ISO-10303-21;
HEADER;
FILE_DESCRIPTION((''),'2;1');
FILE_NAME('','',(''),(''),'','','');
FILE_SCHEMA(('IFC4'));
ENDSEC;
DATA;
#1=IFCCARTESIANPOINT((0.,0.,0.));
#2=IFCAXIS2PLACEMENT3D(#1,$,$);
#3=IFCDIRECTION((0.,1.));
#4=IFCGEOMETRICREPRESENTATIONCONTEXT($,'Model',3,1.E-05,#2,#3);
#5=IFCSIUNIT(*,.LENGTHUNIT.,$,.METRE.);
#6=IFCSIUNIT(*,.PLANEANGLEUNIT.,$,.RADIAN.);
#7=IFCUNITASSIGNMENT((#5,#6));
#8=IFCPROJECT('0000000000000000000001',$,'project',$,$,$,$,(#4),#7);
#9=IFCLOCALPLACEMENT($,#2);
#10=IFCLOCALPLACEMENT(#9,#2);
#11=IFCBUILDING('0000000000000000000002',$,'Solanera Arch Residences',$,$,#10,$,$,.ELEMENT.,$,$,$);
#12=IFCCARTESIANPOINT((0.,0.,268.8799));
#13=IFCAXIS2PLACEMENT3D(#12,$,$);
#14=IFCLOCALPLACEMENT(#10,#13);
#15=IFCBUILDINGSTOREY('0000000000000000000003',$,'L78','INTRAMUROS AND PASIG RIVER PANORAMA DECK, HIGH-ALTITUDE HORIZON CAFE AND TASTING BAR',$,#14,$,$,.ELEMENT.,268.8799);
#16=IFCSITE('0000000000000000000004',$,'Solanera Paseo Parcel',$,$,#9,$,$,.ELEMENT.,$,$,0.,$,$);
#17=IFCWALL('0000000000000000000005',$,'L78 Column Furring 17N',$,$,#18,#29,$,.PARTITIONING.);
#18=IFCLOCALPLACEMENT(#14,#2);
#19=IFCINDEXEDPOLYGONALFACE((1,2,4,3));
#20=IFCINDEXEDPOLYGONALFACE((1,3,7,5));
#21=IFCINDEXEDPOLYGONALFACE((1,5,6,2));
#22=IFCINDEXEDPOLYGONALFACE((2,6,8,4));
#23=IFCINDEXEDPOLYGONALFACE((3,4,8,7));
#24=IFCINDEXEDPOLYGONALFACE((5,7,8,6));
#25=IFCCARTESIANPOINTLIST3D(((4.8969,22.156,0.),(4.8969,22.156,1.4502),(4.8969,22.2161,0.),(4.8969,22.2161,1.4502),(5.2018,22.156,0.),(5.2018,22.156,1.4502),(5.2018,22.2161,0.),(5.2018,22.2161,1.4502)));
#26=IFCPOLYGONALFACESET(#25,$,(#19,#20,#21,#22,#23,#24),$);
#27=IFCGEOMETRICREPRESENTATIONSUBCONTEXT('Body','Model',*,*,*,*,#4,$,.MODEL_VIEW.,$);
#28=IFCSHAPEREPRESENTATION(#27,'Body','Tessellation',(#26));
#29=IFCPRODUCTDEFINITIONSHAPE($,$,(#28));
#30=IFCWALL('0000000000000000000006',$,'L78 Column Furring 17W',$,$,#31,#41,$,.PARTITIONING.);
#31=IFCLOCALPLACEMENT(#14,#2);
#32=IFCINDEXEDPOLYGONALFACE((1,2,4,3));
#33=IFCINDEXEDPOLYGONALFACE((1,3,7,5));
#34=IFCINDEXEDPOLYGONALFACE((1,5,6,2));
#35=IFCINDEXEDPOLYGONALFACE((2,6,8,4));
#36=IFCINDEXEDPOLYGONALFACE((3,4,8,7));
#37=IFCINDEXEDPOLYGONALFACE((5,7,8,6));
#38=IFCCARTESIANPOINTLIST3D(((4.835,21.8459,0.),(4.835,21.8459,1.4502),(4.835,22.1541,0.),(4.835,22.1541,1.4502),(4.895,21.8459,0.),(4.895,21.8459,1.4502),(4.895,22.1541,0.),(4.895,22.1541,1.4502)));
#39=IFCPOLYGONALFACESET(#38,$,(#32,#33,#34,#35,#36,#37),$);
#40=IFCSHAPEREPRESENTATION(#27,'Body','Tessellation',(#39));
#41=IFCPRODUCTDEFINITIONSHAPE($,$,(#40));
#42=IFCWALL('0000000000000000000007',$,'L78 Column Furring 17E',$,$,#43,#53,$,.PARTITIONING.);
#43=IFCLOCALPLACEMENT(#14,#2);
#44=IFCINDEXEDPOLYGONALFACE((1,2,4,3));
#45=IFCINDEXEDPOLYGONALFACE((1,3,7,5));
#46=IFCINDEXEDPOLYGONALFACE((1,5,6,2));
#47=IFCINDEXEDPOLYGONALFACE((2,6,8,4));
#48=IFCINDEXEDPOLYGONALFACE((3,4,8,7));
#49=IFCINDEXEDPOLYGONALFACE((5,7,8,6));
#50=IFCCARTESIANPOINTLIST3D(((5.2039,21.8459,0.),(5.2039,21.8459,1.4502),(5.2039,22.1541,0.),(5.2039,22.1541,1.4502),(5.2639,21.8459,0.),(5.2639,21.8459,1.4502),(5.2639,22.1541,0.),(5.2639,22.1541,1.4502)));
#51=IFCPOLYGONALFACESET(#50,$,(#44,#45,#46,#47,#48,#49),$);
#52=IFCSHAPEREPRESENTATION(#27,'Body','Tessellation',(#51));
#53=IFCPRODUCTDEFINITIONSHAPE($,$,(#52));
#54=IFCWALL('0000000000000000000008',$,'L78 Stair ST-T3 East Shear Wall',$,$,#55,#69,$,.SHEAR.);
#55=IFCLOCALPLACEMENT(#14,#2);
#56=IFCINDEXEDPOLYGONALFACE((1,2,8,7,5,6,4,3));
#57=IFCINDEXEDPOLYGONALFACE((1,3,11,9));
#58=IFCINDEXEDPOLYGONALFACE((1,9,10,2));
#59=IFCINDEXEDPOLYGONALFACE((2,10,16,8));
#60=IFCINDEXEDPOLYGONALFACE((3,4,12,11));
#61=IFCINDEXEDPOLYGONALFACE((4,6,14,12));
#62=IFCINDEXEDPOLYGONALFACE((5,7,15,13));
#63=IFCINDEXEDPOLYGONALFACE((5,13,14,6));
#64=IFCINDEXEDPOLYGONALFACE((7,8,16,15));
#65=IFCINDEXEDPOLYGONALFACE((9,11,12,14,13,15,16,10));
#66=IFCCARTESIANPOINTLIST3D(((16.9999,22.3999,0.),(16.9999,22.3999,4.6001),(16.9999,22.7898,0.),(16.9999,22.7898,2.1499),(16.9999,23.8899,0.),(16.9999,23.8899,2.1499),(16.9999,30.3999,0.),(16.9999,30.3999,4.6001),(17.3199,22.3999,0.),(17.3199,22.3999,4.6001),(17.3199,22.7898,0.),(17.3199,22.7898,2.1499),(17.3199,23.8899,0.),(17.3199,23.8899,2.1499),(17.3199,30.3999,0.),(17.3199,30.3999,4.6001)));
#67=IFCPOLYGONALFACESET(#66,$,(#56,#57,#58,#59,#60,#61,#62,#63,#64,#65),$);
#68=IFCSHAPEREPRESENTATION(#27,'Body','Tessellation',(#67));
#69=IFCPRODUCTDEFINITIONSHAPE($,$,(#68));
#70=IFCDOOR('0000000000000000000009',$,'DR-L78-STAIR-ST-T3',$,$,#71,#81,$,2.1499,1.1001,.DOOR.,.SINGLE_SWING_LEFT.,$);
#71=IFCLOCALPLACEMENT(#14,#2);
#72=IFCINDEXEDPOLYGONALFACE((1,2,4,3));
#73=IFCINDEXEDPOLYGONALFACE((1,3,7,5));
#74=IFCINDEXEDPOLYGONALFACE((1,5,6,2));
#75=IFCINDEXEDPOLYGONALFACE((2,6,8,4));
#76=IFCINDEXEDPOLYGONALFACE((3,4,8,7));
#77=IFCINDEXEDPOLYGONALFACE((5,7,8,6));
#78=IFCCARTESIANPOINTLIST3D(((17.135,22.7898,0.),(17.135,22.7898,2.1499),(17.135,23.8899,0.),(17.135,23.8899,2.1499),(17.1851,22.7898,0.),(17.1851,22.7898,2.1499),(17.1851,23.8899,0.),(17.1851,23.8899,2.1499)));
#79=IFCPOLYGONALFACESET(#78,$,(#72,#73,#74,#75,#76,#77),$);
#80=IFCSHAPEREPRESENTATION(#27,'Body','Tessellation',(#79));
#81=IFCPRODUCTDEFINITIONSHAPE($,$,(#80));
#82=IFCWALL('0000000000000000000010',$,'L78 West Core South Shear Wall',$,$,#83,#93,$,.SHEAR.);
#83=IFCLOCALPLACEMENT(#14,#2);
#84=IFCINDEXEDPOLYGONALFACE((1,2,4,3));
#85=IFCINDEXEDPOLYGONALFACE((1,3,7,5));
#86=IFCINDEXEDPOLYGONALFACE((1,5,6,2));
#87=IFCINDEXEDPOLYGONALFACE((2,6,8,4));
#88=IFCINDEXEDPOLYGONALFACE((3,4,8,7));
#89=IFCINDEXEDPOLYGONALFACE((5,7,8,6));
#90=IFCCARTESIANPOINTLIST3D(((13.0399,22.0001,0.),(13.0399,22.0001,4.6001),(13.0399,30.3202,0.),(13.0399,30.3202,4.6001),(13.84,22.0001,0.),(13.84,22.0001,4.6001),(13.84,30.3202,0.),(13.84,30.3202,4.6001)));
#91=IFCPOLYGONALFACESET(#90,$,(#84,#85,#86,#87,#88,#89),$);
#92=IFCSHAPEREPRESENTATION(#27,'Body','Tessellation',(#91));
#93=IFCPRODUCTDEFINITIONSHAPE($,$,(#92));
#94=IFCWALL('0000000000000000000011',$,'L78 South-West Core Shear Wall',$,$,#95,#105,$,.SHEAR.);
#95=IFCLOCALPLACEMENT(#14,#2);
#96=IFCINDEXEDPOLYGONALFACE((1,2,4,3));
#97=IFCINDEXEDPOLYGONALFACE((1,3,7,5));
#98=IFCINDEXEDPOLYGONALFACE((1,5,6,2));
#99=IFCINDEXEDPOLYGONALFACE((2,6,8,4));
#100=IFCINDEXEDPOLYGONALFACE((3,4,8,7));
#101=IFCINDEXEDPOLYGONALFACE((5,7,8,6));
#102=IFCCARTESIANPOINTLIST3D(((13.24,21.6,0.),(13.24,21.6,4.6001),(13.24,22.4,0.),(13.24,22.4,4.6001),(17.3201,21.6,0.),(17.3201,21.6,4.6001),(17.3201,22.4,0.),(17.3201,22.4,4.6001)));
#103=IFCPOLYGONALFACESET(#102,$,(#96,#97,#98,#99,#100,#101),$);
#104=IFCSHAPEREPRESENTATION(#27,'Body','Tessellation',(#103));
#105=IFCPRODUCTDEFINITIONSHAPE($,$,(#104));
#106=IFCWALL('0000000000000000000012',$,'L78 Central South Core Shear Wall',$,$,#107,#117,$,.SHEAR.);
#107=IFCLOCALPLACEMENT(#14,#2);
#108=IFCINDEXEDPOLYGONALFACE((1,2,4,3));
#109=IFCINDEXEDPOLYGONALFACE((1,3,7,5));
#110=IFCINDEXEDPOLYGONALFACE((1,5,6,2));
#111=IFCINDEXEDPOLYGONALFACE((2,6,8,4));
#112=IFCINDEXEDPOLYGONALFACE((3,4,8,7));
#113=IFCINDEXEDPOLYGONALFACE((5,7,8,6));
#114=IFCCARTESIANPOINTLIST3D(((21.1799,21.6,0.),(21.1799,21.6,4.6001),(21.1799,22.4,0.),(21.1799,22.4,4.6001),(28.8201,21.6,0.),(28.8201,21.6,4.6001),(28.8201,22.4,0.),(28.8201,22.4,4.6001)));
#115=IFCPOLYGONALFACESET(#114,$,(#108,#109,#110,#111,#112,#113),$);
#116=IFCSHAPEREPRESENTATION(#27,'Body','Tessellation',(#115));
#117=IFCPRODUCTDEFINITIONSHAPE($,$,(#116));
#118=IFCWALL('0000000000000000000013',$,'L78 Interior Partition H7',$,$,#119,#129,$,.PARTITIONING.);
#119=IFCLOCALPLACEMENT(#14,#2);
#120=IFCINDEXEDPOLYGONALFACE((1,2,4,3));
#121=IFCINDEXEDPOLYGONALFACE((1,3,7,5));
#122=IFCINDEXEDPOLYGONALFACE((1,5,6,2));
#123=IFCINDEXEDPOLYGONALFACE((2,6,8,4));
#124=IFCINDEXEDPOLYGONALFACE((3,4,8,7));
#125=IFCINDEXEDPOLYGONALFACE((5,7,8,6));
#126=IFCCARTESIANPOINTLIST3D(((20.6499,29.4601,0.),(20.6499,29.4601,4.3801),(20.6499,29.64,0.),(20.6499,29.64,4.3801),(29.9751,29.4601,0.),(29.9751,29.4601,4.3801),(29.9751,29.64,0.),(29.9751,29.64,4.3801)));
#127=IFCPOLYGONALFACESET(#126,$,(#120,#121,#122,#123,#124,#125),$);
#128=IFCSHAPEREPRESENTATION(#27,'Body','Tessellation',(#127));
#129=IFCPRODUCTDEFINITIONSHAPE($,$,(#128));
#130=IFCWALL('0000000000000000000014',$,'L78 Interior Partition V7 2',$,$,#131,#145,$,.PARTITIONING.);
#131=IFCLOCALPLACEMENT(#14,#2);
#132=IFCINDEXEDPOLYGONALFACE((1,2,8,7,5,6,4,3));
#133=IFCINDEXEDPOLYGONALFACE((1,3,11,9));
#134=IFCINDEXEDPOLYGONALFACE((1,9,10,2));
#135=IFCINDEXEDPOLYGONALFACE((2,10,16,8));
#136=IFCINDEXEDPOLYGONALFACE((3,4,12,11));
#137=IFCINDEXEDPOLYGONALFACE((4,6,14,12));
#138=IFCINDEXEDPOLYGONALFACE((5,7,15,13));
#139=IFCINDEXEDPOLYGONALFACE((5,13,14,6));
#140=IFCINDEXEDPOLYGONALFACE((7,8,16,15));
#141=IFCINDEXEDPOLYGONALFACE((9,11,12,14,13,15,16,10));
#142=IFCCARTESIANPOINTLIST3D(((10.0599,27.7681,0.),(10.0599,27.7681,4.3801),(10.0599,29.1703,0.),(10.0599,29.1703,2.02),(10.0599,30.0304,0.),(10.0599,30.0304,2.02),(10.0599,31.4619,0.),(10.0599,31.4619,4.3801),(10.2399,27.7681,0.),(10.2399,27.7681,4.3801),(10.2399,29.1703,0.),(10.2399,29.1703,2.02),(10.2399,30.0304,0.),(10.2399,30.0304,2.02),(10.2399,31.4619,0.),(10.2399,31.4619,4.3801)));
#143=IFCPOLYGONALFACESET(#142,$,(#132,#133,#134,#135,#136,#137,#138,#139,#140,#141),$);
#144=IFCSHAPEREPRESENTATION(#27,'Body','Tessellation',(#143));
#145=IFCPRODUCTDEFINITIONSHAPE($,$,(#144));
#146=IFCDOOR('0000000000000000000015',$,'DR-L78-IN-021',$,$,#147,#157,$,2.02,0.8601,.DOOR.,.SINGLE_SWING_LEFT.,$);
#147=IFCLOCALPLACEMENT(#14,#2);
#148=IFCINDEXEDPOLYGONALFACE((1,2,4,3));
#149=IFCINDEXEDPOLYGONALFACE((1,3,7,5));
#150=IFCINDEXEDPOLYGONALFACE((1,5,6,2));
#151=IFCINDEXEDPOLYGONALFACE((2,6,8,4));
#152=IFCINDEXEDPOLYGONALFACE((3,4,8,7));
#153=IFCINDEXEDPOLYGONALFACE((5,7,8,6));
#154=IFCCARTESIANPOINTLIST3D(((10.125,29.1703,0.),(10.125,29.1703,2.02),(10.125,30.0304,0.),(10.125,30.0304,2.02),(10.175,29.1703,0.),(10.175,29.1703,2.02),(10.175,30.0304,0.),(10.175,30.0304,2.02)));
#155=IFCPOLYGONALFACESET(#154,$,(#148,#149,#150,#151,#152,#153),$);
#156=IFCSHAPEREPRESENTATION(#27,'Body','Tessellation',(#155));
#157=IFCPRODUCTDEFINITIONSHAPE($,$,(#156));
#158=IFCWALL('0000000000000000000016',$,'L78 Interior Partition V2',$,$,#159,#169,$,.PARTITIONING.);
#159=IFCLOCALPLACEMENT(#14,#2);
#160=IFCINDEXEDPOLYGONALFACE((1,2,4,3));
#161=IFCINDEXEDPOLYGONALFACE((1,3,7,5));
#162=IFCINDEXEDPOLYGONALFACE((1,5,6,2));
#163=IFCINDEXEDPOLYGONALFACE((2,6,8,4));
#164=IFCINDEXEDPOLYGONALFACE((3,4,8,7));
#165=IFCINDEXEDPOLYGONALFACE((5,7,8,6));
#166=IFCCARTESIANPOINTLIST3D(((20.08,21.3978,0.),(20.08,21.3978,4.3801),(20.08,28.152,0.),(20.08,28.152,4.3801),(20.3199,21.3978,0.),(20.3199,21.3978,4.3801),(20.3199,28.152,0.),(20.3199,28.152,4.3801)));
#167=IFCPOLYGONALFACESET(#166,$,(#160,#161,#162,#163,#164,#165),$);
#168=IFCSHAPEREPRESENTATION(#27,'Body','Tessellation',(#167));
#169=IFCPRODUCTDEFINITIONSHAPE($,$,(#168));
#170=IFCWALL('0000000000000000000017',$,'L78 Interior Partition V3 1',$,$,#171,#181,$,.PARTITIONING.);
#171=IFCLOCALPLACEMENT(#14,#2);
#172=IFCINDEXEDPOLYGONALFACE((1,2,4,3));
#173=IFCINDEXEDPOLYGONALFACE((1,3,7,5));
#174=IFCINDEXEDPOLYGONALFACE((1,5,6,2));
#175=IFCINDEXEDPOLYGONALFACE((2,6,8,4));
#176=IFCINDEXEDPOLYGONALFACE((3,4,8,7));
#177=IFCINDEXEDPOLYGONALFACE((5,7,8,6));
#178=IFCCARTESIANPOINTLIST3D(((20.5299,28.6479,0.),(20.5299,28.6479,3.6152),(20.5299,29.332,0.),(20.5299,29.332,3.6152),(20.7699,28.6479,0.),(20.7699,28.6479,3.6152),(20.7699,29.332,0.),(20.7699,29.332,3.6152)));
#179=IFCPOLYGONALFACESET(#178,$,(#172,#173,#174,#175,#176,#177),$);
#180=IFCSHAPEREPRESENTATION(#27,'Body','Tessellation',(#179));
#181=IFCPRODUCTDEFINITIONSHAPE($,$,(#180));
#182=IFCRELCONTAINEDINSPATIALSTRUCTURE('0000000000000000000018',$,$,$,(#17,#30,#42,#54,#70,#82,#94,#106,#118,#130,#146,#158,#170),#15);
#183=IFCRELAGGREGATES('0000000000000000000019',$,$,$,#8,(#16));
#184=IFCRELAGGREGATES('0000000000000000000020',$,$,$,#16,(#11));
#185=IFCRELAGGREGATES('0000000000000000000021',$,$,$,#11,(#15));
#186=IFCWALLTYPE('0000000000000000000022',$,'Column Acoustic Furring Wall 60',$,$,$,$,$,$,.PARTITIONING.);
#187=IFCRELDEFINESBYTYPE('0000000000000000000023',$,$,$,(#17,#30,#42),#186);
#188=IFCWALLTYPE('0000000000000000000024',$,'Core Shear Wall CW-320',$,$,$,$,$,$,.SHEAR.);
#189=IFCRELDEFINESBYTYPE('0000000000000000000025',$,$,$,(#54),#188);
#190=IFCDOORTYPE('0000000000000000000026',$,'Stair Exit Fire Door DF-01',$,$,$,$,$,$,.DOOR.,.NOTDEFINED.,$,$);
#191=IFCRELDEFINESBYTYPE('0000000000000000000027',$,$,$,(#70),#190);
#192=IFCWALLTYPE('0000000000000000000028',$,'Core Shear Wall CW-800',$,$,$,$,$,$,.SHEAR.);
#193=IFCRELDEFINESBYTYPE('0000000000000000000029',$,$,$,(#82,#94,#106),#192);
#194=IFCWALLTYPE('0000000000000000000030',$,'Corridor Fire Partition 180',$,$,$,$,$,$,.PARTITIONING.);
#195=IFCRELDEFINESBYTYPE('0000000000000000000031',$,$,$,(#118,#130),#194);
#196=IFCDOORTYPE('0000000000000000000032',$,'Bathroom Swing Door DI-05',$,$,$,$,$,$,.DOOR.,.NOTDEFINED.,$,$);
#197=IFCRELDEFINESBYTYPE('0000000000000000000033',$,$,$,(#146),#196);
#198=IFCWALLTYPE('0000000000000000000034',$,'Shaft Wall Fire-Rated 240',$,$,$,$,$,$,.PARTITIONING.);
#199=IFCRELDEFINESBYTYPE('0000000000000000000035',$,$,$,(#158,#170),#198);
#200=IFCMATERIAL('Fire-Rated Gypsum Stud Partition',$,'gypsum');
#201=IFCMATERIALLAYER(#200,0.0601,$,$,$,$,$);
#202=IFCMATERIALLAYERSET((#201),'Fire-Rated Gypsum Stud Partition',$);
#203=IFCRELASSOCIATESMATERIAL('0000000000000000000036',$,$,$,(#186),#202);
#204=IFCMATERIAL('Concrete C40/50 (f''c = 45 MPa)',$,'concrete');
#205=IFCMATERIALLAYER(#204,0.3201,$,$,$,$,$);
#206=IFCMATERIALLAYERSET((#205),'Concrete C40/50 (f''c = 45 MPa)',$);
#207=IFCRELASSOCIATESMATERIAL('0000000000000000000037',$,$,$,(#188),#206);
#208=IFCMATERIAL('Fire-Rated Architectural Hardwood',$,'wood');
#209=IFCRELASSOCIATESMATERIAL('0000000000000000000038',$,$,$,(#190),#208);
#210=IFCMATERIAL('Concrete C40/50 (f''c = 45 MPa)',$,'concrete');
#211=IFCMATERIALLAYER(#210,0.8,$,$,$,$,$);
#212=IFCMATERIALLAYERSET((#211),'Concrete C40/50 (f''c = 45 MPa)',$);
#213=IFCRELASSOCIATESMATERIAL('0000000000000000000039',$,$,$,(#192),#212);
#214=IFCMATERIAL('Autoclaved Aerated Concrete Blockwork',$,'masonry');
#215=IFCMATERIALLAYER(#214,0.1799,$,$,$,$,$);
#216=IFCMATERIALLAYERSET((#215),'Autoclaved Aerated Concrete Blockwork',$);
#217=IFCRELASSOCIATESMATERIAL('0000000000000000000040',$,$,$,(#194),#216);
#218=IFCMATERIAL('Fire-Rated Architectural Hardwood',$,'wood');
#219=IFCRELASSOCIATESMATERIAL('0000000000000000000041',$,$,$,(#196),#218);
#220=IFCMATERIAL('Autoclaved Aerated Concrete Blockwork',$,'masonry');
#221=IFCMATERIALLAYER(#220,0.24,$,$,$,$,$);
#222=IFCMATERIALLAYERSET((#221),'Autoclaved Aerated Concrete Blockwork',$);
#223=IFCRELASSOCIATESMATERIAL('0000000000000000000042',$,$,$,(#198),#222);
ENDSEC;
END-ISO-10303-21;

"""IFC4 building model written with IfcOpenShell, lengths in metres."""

from ifc_helpers import new_model, si_unit, direction, frame, frame_2d, origin, place, context, subcontext, project, spatial, rectangle, extrude, material, layer, layer_set, type_object, element, fill, save


model = new_model("IFC4")

# Units and contexts
model_context = context("Model", 3, precision=1e-05, world=origin(), true_north=direction((0.0, 1.0)))
body_context = subcontext(model_context, "Body", "Model", "MODEL_VIEW")
ifc_project = project(units=[si_unit("LENGTHUNIT", "METRE"), si_unit("PLANEANGLEUNIT", "RADIAN")], contexts=[model_context])

# Site, building, storey
site_placement = place(None, origin())
site = spatial("IfcSite", under=ifc_project, at=site_placement, Name="Solanera Paseo Parcel", CompositionType="ELEMENT", RefElevation=0.0)
building_placement = place(site_placement, origin())
building = spatial("IfcBuilding", under=site, at=building_placement, Name="Solanera Arch Residences", CompositionType="ELEMENT")
storey_placement = place(building_placement, frame((0.0, 0.0, 268.8799)))
storey = spatial("IfcBuildingStorey", under=building, at=storey_placement, Name="L78", Description="INTRAMUROS AND PASIG RIVER PANORAMA DECK, HIGH-ALTITUDE HORIZON CAFE AND TASTING BAR", CompositionType="ELEMENT", Elevation=268.8799)

# Walls
ifc_material_1 = material(Name="Fire-Rated Gypsum Stud Partition", Category="gypsum")
ifc_layer_1 = layer(ifc_material_1, 0.0601)
ifc_layer_set_1 = layer_set([ifc_layer_1], Name="Fire-Rated Gypsum Stud Partition")
wall_type_1 = type_object("IfcWallType", Name="Column Acoustic Furring Wall 60", PredefinedType="PARTITIONING", material=ifc_layer_set_1)
for number, where, z_axis, x_axis, name in (
    (1, (4.897, 22.186, 0.0), (0.0, 0.0, 1.0), (1.0, 0.0, 0.0), "L78 Column Furring 17N"),
):
    element("IfcWall", number, at=place(storey_placement, frame(where, z_axis=z_axis, x_axis=x_axis)), inside=storey, type_object=wall_type_1, Name=name, PredefinedType="PARTITIONING", context=body_context, shape_type="SweptSolid", body=[
        extrude(rectangle(XDim=0.3049, YDim=0.0601, at=frame_2d((0.1523, 0.0))), origin(), (0.0, 0.0, 1.0), 1.4502),
    ])
for number, where, z_axis, x_axis, name in (
    (2, (4.865, 21.8459, 0.0), (0.0, 0.0, 1.0), (0.0, 1.0, 0.0), "L78 Column Furring 17W"),
    (3, (5.2339, 21.8459, 0.0), (0.0, 0.0, 1.0), (0.0, 1.0, 0.0), "L78 Column Furring 17E"),
):
    element("IfcWall", number, at=place(storey_placement, frame(where, z_axis=z_axis, x_axis=x_axis)), inside=storey, type_object=wall_type_1, Name=name, PredefinedType="PARTITIONING", context=body_context, shape_type="SweptSolid", body=[
        extrude(rectangle(XDim=0.3081, YDim=0.0601, at=frame_2d((0.1541, 0.0))), origin(), (0.0, 0.0, 1.0), 1.4502),
    ])

# Wall, opening, door
ifc_material_2 = material(Name="Concrete C40/50 (f'c = 45 MPa)", Category="concrete")
ifc_layer_2 = layer(ifc_material_2, 0.3201)
ifc_layer_set_2 = layer_set([ifc_layer_2], Name="Concrete C40/50 (f'c = 45 MPa)")
wall_type_2 = type_object("IfcWallType", Name="Core Shear Wall CW-320", PredefinedType="SHEAR", material=ifc_layer_set_2)
wall_1_placement = place(storey_placement, frame((17.1599, 22.3999, 0.0), z_axis=(0.0, 0.0, 1.0), x_axis=(0.0, 1.0, 0.0)))
wall_1 = element("IfcWall", 4, at=wall_1_placement, inside=storey, type_object=wall_type_2, Name="L78 Stair ST-T3 East Shear Wall", PredefinedType="SHEAR", context=body_context, shape_type="SweptSolid", body=[
    extrude(rectangle(XDim=8.0, YDim=0.3201, at=frame_2d((4.0, 0.0))), origin(), (0.0, 0.0, 1.0), 4.6001),
])
opening_1_placement = place(wall_1_placement, frame((0.3899, 0.0, 0.0)))
opening_1 = element("IfcOpeningElement", 5, at=opening_1_placement, cuts=wall_1, PredefinedType="OPENING", context=body_context, shape_type="SweptSolid", body=[
    extrude(rectangle(XDim=1.1001, YDim=2.1499, at=frame_2d((0.55, 1.075))), frame((0.0, 0.1699, 0.0), z_axis=(0.0, -1.0, 0.0), x_axis=(1.0, 0.0, 0.0)), (0.0, 0.0, 1.0), 0.3401),
])
ifc_material_3 = material(Name="Fire-Rated Architectural Hardwood", Category="wood")
door_type_1 = type_object("IfcDoorType", Name="Stair Exit Fire Door DF-01", OperationType="NOTDEFINED", PredefinedType="DOOR", material=ifc_material_3)
door_1_placement = place(opening_1_placement, origin())
door_1 = element("IfcDoor", 6, at=door_1_placement, inside=storey, type_object=door_type_1, Name="DR-L78-STAIR-ST-T3", OperationType="SINGLE_SWING_LEFT", OverallHeight=2.1499, OverallWidth=1.1001, PredefinedType="DOOR", context=body_context, shape_type="SweptSolid", body=[
    extrude(rectangle(XDim=1.1001, YDim=2.1499, at=frame_2d((0.55, 1.075))), frame((0.0, 0.0249, 0.0), z_axis=(0.0, -1.0, 0.0), x_axis=(1.0, 0.0, 0.0)), (0.0, 0.0, 1.0), 0.05),
])
fill(opening_1, door_1)

# Walls
ifc_material_4 = material(Name="Concrete C40/50 (f'c = 45 MPa)", Category="concrete")
ifc_layer_3 = layer(ifc_material_4, 0.8)
ifc_layer_set_3 = layer_set([ifc_layer_3], Name="Concrete C40/50 (f'c = 45 MPa)")
wall_type_3 = type_object("IfcWallType", Name="Core Shear Wall CW-800", PredefinedType="SHEAR", material=ifc_layer_set_3)
wall_2_placement = place(storey_placement, frame((13.4399, 22.0, 0.0), z_axis=(0.0, 0.0, 1.0), x_axis=(0.0, 1.0, 0.0)))
element("IfcWall", 7, at=wall_2_placement, inside=storey, type_object=wall_type_3, Name="L78 West Core South Shear Wall", PredefinedType="SHEAR", context=body_context, shape_type="SweptSolid", body=[
    extrude(rectangle(XDim=8.3201, YDim=0.8, at=frame_2d((4.1602, 0.0))), origin(), (0.0, 0.0, 1.0), 4.6001),
])
wall_3_placement = place(storey_placement, frame((13.24, 22.0, 0.0), z_axis=(0.0, 0.0, 1.0), x_axis=(1.0, 0.0, 0.0)))
element("IfcWall", 8, at=wall_3_placement, inside=storey, type_object=wall_type_3, Name="L78 South-West Core Shear Wall", PredefinedType="SHEAR", context=body_context, shape_type="SweptSolid", body=[
    extrude(rectangle(XDim=4.0801, YDim=0.8, at=frame_2d((2.04, 0.0))), origin(), (0.0, 0.0, 1.0), 4.6001),
])
wall_4_placement = place(storey_placement, frame((21.1799, 22.0, 0.0), z_axis=(0.0, 0.0, 1.0), x_axis=(1.0, 0.0, 0.0)))
element("IfcWall", 9, at=wall_4_placement, inside=storey, type_object=wall_type_3, Name="L78 Central South Core Shear Wall", PredefinedType="SHEAR", context=body_context, shape_type="SweptSolid", body=[
    extrude(rectangle(XDim=7.6401, YDim=0.8, at=frame_2d((3.8201, 0.0))), origin(), (0.0, 0.0, 1.0), 4.6001),
])
ifc_material_5 = material(Name="Autoclaved Aerated Concrete Blockwork", Category="masonry")
ifc_layer_4 = layer(ifc_material_5, 0.1799)
ifc_layer_set_4 = layer_set([ifc_layer_4], Name="Autoclaved Aerated Concrete Blockwork")
wall_type_4 = type_object("IfcWallType", Name="Corridor Fire Partition 180", PredefinedType="PARTITIONING", material=ifc_layer_set_4)
wall_5_placement = place(storey_placement, frame((20.6499, 29.55, 0.0), z_axis=(0.0, 0.0, 1.0), x_axis=(1.0, 0.0, 0.0)))
element("IfcWall", 10, at=wall_5_placement, inside=storey, type_object=wall_type_4, Name="L78 Interior Partition H7", PredefinedType="PARTITIONING", context=body_context, shape_type="SweptSolid", body=[
    extrude(rectangle(XDim=9.3252, YDim=0.1799, at=frame_2d((4.6626, 0.0))), origin(), (0.0, 0.0, 1.0), 4.3801),
])

# Wall, opening, door
wall_6_placement = place(storey_placement, frame((10.1499, 27.7681, 0.0), z_axis=(0.0, 0.0, 1.0), x_axis=(0.0, 1.0, 0.0)))
wall_6 = element("IfcWall", 11, at=wall_6_placement, inside=storey, type_object=wall_type_4, Name="L78 Interior Partition V7 2", PredefinedType="PARTITIONING", context=body_context, shape_type="SweptSolid", body=[
    extrude(rectangle(XDim=3.6938, YDim=0.1799, at=frame_2d((1.8469, 0.0))), origin(), (0.0, 0.0, 1.0), 4.3801),
])
opening_2_placement = place(wall_6_placement, frame((1.4021, 0.0, 0.0)))
opening_2 = element("IfcOpeningElement", 12, at=opening_2_placement, cuts=wall_6, PredefinedType="OPENING", context=body_context, shape_type="SweptSolid", body=[
    extrude(rectangle(XDim=0.8601, YDim=2.02, at=frame_2d((0.4302, 1.01))), frame((0.0, 0.1001, 0.0), z_axis=(0.0, -1.0, 0.0), x_axis=(1.0, 0.0, 0.0)), (0.0, 0.0, 1.0), 0.1999),
])
ifc_material_6 = material(Name="Fire-Rated Architectural Hardwood", Category="wood")
door_type_2 = type_object("IfcDoorType", Name="Bathroom Swing Door DI-05", OperationType="NOTDEFINED", PredefinedType="DOOR", material=ifc_material_6)
door_2_placement = place(opening_2_placement, origin())
door_2 = element("IfcDoor", 13, at=door_2_placement, inside=storey, type_object=door_type_2, Name="DR-L78-IN-021", OperationType="SINGLE_SWING_LEFT", OverallHeight=2.02, OverallWidth=0.8601, PredefinedType="DOOR", context=body_context, shape_type="SweptSolid", body=[
    extrude(rectangle(XDim=0.8601, YDim=2.02, at=frame_2d((0.4302, 1.01))), frame((0.0, 0.0249, 0.0), z_axis=(0.0, -1.0, 0.0), x_axis=(1.0, 0.0, 0.0)), (0.0, 0.0, 1.0), 0.05),
])
fill(opening_2, door_2)
ifc_material_7 = material(Name="Autoclaved Aerated Concrete Blockwork", Category="masonry")
ifc_layer_5 = layer(ifc_material_7, 0.24)
ifc_layer_set_5 = layer_set([ifc_layer_5], Name="Autoclaved Aerated Concrete Blockwork")
wall_type_5 = type_object("IfcWallType", Name="Shaft Wall Fire-Rated 240", PredefinedType="PARTITIONING", material=ifc_layer_set_5)

# Walls
wall_7_placement = place(storey_placement, frame((20.2, 21.3979, 0.0), z_axis=(0.0, 0.0, 1.0), x_axis=(0.0, 1.0, 0.0)))
element("IfcWall", 14, at=wall_7_placement, inside=storey, type_object=wall_type_5, Name="L78 Interior Partition V2", PredefinedType="PARTITIONING", context=body_context, shape_type="SweptSolid", body=[
    extrude(rectangle(XDim=6.7542, YDim=0.24, at=frame_2d((3.377, 0.0))), origin(), (0.0, 0.0, 1.0), 4.3801),
])
wall_8_placement = place(storey_placement, frame((20.6499, 28.6479, 0.0), z_axis=(0.0, 0.0, 1.0), x_axis=(0.0, 1.0, 0.0)))
element("IfcWall", 15, at=wall_8_placement, inside=storey, type_object=wall_type_5, Name="L78 Interior Partition V3 1", PredefinedType="PARTITIONING", context=body_context, shape_type="SweptSolid", body=[
    extrude(rectangle(XDim=0.6841, YDim=0.24, at=frame_2d((0.342, 0.0))), origin(), (0.0, 0.0, 1.0), 3.6152),
])

save(model, "model.ifc")
